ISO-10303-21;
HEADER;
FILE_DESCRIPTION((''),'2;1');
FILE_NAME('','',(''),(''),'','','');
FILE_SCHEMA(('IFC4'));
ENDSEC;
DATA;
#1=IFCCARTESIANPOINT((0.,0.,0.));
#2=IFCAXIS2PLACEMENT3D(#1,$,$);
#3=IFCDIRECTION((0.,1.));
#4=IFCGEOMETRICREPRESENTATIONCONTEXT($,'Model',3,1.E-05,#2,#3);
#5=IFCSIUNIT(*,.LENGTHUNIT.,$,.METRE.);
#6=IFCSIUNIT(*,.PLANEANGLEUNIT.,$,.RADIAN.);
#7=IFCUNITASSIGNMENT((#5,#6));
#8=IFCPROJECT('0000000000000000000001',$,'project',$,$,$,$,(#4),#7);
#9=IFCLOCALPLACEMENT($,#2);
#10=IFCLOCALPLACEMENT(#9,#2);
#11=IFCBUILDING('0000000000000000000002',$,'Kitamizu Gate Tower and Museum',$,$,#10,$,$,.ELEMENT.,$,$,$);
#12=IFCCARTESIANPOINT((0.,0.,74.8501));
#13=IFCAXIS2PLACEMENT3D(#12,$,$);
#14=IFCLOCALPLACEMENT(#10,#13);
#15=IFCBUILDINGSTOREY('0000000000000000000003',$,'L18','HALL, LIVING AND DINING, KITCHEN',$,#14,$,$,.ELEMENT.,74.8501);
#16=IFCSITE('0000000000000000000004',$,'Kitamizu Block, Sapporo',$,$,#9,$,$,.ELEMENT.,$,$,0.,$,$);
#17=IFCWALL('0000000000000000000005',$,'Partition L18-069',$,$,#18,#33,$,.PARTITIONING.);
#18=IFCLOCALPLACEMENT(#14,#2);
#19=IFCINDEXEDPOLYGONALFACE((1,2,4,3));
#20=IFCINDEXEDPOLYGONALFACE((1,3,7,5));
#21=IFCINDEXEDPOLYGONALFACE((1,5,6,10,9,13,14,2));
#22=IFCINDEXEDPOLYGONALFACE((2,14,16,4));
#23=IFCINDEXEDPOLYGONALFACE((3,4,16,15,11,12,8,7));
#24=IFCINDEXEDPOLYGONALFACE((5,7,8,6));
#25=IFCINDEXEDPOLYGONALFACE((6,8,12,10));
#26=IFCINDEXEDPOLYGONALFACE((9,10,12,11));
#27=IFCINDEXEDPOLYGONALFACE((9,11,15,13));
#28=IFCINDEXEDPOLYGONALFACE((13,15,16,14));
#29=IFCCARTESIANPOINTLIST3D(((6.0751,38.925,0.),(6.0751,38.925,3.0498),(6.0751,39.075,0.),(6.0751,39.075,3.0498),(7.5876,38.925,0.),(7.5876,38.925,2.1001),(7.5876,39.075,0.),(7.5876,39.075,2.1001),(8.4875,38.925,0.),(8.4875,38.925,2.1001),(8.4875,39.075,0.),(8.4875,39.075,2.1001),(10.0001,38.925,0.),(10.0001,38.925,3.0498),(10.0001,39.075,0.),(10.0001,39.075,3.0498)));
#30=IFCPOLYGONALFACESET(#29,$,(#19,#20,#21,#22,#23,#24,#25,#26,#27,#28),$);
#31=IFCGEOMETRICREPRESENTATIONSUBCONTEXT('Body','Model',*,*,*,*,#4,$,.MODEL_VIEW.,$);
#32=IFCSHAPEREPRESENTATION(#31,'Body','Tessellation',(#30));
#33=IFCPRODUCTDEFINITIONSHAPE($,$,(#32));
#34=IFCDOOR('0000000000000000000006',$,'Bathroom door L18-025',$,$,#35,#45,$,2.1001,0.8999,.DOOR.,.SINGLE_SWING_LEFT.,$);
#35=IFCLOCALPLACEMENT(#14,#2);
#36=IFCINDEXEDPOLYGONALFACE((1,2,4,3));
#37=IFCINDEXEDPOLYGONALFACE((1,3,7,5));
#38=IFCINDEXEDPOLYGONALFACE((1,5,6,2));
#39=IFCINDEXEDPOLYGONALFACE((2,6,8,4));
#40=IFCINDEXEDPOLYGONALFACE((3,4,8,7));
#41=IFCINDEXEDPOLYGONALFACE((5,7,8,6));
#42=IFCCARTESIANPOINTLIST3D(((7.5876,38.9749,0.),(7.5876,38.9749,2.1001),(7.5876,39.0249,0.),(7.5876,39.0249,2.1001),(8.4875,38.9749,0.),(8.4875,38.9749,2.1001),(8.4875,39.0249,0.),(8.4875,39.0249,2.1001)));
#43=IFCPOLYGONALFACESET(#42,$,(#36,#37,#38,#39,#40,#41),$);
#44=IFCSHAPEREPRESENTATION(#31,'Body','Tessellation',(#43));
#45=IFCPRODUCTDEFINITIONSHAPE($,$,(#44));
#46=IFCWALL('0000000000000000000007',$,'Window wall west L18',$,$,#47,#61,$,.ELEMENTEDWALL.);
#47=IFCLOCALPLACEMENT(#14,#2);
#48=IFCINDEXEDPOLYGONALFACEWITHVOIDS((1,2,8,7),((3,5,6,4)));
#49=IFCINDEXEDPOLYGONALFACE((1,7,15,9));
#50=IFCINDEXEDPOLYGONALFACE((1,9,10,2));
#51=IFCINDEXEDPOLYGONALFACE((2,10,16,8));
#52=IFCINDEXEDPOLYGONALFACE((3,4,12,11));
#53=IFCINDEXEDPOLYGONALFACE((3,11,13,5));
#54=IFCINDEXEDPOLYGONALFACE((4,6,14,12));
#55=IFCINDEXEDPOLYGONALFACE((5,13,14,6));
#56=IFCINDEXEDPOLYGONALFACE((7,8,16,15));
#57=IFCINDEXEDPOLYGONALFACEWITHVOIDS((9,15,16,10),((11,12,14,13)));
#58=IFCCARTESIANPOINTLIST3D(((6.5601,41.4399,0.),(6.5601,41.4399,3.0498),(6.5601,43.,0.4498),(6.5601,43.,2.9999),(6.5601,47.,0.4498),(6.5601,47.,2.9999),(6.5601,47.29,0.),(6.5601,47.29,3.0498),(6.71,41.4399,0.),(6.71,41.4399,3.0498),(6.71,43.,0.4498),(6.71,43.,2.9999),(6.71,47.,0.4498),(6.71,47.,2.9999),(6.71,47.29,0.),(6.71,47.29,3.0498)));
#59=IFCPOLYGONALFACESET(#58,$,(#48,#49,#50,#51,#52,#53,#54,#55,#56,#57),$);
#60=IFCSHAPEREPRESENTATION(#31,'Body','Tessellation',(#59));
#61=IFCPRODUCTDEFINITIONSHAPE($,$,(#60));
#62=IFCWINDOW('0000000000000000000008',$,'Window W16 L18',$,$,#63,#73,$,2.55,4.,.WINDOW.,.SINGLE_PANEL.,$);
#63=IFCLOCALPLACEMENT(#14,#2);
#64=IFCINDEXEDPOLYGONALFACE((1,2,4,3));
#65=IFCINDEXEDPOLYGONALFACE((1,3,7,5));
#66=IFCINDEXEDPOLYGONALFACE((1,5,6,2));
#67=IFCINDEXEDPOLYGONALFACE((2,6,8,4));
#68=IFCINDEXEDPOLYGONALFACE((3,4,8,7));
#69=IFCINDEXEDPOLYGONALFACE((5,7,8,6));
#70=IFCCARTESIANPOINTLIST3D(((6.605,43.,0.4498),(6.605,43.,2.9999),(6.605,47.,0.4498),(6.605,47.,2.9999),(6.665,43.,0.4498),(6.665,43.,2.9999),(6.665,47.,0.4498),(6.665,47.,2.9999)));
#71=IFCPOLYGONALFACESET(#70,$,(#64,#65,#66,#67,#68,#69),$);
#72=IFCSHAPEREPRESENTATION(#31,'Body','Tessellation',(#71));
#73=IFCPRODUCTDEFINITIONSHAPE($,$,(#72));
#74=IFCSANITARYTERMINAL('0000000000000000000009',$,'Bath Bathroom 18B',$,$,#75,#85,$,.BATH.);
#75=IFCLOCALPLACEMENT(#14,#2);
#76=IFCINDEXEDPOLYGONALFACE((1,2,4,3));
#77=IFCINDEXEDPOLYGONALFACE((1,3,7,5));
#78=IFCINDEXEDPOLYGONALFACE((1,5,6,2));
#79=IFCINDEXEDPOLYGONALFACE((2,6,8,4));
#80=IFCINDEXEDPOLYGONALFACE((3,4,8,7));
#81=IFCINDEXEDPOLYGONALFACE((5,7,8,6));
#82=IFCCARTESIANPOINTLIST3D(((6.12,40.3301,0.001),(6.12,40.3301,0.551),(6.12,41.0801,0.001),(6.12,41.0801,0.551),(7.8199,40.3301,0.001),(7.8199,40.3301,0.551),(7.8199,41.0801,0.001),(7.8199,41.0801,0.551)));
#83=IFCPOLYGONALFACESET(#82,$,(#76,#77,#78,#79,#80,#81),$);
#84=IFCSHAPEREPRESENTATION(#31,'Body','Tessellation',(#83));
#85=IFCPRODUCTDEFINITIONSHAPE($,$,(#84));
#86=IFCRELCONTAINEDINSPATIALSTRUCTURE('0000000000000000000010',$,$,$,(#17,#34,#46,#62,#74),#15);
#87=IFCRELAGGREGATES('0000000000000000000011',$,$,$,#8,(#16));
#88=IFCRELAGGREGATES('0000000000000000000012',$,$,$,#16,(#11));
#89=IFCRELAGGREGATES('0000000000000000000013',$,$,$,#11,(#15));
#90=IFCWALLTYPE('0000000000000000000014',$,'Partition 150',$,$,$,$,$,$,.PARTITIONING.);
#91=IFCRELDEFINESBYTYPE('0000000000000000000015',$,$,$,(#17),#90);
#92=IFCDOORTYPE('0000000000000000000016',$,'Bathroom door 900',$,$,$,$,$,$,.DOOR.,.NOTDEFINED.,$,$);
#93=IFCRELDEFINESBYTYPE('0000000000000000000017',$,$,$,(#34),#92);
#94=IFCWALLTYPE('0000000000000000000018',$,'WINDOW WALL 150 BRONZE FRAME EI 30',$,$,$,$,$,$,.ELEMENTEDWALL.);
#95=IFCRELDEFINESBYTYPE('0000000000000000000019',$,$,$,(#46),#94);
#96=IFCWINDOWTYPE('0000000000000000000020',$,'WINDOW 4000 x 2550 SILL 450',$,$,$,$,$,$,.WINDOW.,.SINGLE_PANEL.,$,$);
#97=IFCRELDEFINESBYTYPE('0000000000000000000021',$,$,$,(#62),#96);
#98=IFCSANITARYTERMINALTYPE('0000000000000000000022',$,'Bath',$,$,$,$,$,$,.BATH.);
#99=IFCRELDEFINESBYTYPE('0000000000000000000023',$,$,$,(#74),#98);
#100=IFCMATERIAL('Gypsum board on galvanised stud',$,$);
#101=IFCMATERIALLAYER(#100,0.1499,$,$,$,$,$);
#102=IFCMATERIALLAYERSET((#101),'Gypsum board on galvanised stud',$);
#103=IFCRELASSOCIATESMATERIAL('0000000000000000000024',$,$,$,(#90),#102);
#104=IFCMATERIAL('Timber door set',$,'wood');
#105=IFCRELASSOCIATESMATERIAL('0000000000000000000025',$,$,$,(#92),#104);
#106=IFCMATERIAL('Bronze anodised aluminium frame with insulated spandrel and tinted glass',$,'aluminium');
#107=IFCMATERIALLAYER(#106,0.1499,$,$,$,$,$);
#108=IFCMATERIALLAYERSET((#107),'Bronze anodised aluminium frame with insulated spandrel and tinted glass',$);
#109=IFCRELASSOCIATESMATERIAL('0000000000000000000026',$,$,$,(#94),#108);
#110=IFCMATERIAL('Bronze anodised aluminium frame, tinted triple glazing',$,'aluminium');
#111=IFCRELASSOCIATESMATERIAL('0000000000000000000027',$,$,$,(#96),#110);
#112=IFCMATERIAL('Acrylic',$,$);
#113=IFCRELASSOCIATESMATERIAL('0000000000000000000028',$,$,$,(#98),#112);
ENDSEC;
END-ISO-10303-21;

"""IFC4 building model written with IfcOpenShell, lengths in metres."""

from ifc_helpers import new_model, si_unit, direction, frame, frame_2d, origin, origin_2d, place, context, subcontext, project, spatial, rectangle, extrude, material, layer, layer_set, type_object, element, fill, save


model = new_model("IFC4")

# Units and contexts
model_context = context("Model", 3, precision=1e-05, world=origin(), true_north=direction((0.0, 1.0)))
body_context = subcontext(model_context, "Body", "Model", "MODEL_VIEW")
ifc_project = project(units=[si_unit("LENGTHUNIT", "METRE"), si_unit("PLANEANGLEUNIT", "RADIAN")], contexts=[model_context])

# Site, building, storey
site_placement = place(None, origin())
site = spatial("IfcSite", under=ifc_project, at=site_placement, Name="Kitamizu Block, Sapporo", CompositionType="ELEMENT", RefElevation=0.0)
building_placement = place(site_placement, origin())
building = spatial("IfcBuilding", under=site, at=building_placement, Name="Kitamizu Gate Tower and Museum", CompositionType="ELEMENT")
storey_placement = place(building_placement, frame((0.0, 0.0, 74.8501)))
storey = spatial("IfcBuildingStorey", under=building, at=storey_placement, Name="L18", Description="HALL, LIVING AND DINING, KITCHEN", CompositionType="ELEMENT", Elevation=74.8501)

# Wall, opening, door
ifc_material_1 = material(Name="Gypsum board on galvanised stud")
ifc_layer_1 = layer(ifc_material_1, 0.1499)
ifc_layer_set_1 = layer_set([ifc_layer_1], Name="Gypsum board on galvanised stud")
wall_type_1 = type_object("IfcWallType", Name="Partition 150", PredefinedType="PARTITIONING", material=ifc_layer_set_1)
wall_1_placement = place(storey_placement, frame((10.0, 39.0, 0.0), z_axis=(0.0, 0.0, 1.0), x_axis=(-1.0, 0.0, 0.0)))
wall_1 = element("IfcWall", 1, at=wall_1_placement, inside=storey, type_object=wall_type_1, Name="Partition L18-069", PredefinedType="PARTITIONING", context=body_context, shape_type="SweptSolid", body=[
    extrude(rectangle(XDim=3.925, YDim=0.1499, at=frame_2d((1.9624, 0.0))), origin(), (0.0, 0.0, 1.0), 3.0498),
])
opening_1_placement = place(wall_1_placement, frame((1.5125, 0.0, 0.0)))
opening_1 = element("IfcOpeningElement", 2, at=opening_1_placement, cuts=wall_1, PredefinedType="OPENING", context=body_context, shape_type="SweptSolid", body=[
    extrude(rectangle(XDim=0.8999, YDim=2.1001, at=frame_2d((0.45, 1.05))), frame((0.0, 0.085, 0.0), z_axis=(0.0, -1.0, 0.0), x_axis=(1.0, 0.0, 0.0)), (0.0, 0.0, 1.0), 0.1699),
])
ifc_material_2 = material(Name="Timber door set", Category="wood")
door_type = type_object("IfcDoorType", Name="Bathroom door 900", OperationType="NOTDEFINED", PredefinedType="DOOR", material=ifc_material_2)
door_placement = place(opening_1_placement, frame((0.8999, 0.0, 0.0), x_axis=(-1.0, 0.0, 0.0)))
door = element("IfcDoor", 3, at=door_placement, inside=storey, type_object=door_type, Name="Bathroom door L18-025", OperationType="SINGLE_SWING_LEFT", OverallHeight=2.1001, OverallWidth=0.8999, PredefinedType="DOOR", context=body_context, shape_type="SweptSolid", body=[
    extrude(rectangle(XDim=0.8999, YDim=2.1001, at=frame_2d((0.45, 1.05))), frame((0.0, 0.0249, 0.0), z_axis=(0.0, -1.0, 0.0), x_axis=(1.0, 0.0, 0.0)), (0.0, 0.0, 1.0), 0.05),
])
fill(opening_1, door)

# Wall, opening, window
ifc_material_3 = material(Name="Bronze anodised aluminium frame with insulated spandrel and tinted glass", Category="aluminium")
ifc_layer_2 = layer(ifc_material_3, 0.1499)
ifc_layer_set_2 = layer_set([ifc_layer_2], Name="Bronze anodised aluminium frame with insulated spandrel and tinted glass")
wall_type_2 = type_object("IfcWallType", Name="WINDOW WALL 150 BRONZE FRAME EI 30", PredefinedType="ELEMENTEDWALL", material=ifc_layer_set_2)
wall_2_placement = place(storey_placement, frame((6.635, 41.4399, 0.0), z_axis=(0.0, 0.0, 1.0), x_axis=(0.0, 1.0, 0.0)))
wall_2 = element("IfcWall", 4, at=wall_2_placement, inside=storey, type_object=wall_type_2, Name="Window wall west L18", PredefinedType="ELEMENTEDWALL", context=body_context, shape_type="SweptSolid", body=[
    extrude(rectangle(XDim=5.8501, YDim=0.1499, at=frame_2d((2.925, 0.0))), origin(), (0.0, 0.0, 1.0), 3.0498),
])
opening_2_placement = place(wall_2_placement, frame((1.5601, 0.0, 0.45)))
opening_2 = element("IfcOpeningElement", 5, at=opening_2_placement, cuts=wall_2, PredefinedType="OPENING", context=body_context, shape_type="SweptSolid", body=[
    extrude(rectangle(XDim=4.0, YDim=2.55, at=frame_2d((2.0, 1.2749))), frame((0.0, 0.085, 0.0), z_axis=(0.0, -1.0, 0.0), x_axis=(1.0, 0.0, 0.0)), (0.0, 0.0, 1.0), 0.1699),
])
ifc_material_4 = material(Name="Bronze anodised aluminium frame, tinted triple glazing", Category="aluminium")
window_type = type_object("IfcWindowType", Name="WINDOW 4000 x 2550 SILL 450", PartitioningType="SINGLE_PANEL", PredefinedType="WINDOW", material=ifc_material_4)
window_placement = place(opening_2_placement, origin())
window = element("IfcWindow", 6, at=window_placement, inside=storey, type_object=window_type, Name="Window W16 L18", OverallHeight=2.55, OverallWidth=4.0, PartitioningType="SINGLE_PANEL", PredefinedType="WINDOW", context=body_context, shape_type="SweptSolid", body=[
    extrude(rectangle(XDim=4.0, YDim=2.55, at=frame_2d((2.0, 1.2749))), frame((0.0, 0.03, 0.0), z_axis=(0.0, -1.0, 0.0), x_axis=(1.0, 0.0, 0.0)), (0.0, 0.0, 1.0), 0.0601),
])
fill(opening_2, window)

# Sanitary terminal
ifc_material_5 = material(Name="Acrylic")
sanitary_terminal_type = type_object("IfcSanitaryTerminalType", Name="Bath", PredefinedType="BATH", material=ifc_material_5)
sanitary_terminal_placement = place(storey_placement, frame((6.97, 40.7051, 0.001), z_axis=(0.0, 0.0, 1.0), x_axis=(1.0, 0.0, 0.0)))
element("IfcSanitaryTerminal", 7, at=sanitary_terminal_placement, inside=storey, type_object=sanitary_terminal_type, Name="Bath Bathroom 18B", PredefinedType="BATH", context=body_context, shape_type="SweptSolid", body=[
    extrude(rectangle(XDim=1.7, YDim=0.75, at=origin_2d()), origin(), (0.0, 0.0, 1.0), 0.55),
])

save(model, "model.ifc")
